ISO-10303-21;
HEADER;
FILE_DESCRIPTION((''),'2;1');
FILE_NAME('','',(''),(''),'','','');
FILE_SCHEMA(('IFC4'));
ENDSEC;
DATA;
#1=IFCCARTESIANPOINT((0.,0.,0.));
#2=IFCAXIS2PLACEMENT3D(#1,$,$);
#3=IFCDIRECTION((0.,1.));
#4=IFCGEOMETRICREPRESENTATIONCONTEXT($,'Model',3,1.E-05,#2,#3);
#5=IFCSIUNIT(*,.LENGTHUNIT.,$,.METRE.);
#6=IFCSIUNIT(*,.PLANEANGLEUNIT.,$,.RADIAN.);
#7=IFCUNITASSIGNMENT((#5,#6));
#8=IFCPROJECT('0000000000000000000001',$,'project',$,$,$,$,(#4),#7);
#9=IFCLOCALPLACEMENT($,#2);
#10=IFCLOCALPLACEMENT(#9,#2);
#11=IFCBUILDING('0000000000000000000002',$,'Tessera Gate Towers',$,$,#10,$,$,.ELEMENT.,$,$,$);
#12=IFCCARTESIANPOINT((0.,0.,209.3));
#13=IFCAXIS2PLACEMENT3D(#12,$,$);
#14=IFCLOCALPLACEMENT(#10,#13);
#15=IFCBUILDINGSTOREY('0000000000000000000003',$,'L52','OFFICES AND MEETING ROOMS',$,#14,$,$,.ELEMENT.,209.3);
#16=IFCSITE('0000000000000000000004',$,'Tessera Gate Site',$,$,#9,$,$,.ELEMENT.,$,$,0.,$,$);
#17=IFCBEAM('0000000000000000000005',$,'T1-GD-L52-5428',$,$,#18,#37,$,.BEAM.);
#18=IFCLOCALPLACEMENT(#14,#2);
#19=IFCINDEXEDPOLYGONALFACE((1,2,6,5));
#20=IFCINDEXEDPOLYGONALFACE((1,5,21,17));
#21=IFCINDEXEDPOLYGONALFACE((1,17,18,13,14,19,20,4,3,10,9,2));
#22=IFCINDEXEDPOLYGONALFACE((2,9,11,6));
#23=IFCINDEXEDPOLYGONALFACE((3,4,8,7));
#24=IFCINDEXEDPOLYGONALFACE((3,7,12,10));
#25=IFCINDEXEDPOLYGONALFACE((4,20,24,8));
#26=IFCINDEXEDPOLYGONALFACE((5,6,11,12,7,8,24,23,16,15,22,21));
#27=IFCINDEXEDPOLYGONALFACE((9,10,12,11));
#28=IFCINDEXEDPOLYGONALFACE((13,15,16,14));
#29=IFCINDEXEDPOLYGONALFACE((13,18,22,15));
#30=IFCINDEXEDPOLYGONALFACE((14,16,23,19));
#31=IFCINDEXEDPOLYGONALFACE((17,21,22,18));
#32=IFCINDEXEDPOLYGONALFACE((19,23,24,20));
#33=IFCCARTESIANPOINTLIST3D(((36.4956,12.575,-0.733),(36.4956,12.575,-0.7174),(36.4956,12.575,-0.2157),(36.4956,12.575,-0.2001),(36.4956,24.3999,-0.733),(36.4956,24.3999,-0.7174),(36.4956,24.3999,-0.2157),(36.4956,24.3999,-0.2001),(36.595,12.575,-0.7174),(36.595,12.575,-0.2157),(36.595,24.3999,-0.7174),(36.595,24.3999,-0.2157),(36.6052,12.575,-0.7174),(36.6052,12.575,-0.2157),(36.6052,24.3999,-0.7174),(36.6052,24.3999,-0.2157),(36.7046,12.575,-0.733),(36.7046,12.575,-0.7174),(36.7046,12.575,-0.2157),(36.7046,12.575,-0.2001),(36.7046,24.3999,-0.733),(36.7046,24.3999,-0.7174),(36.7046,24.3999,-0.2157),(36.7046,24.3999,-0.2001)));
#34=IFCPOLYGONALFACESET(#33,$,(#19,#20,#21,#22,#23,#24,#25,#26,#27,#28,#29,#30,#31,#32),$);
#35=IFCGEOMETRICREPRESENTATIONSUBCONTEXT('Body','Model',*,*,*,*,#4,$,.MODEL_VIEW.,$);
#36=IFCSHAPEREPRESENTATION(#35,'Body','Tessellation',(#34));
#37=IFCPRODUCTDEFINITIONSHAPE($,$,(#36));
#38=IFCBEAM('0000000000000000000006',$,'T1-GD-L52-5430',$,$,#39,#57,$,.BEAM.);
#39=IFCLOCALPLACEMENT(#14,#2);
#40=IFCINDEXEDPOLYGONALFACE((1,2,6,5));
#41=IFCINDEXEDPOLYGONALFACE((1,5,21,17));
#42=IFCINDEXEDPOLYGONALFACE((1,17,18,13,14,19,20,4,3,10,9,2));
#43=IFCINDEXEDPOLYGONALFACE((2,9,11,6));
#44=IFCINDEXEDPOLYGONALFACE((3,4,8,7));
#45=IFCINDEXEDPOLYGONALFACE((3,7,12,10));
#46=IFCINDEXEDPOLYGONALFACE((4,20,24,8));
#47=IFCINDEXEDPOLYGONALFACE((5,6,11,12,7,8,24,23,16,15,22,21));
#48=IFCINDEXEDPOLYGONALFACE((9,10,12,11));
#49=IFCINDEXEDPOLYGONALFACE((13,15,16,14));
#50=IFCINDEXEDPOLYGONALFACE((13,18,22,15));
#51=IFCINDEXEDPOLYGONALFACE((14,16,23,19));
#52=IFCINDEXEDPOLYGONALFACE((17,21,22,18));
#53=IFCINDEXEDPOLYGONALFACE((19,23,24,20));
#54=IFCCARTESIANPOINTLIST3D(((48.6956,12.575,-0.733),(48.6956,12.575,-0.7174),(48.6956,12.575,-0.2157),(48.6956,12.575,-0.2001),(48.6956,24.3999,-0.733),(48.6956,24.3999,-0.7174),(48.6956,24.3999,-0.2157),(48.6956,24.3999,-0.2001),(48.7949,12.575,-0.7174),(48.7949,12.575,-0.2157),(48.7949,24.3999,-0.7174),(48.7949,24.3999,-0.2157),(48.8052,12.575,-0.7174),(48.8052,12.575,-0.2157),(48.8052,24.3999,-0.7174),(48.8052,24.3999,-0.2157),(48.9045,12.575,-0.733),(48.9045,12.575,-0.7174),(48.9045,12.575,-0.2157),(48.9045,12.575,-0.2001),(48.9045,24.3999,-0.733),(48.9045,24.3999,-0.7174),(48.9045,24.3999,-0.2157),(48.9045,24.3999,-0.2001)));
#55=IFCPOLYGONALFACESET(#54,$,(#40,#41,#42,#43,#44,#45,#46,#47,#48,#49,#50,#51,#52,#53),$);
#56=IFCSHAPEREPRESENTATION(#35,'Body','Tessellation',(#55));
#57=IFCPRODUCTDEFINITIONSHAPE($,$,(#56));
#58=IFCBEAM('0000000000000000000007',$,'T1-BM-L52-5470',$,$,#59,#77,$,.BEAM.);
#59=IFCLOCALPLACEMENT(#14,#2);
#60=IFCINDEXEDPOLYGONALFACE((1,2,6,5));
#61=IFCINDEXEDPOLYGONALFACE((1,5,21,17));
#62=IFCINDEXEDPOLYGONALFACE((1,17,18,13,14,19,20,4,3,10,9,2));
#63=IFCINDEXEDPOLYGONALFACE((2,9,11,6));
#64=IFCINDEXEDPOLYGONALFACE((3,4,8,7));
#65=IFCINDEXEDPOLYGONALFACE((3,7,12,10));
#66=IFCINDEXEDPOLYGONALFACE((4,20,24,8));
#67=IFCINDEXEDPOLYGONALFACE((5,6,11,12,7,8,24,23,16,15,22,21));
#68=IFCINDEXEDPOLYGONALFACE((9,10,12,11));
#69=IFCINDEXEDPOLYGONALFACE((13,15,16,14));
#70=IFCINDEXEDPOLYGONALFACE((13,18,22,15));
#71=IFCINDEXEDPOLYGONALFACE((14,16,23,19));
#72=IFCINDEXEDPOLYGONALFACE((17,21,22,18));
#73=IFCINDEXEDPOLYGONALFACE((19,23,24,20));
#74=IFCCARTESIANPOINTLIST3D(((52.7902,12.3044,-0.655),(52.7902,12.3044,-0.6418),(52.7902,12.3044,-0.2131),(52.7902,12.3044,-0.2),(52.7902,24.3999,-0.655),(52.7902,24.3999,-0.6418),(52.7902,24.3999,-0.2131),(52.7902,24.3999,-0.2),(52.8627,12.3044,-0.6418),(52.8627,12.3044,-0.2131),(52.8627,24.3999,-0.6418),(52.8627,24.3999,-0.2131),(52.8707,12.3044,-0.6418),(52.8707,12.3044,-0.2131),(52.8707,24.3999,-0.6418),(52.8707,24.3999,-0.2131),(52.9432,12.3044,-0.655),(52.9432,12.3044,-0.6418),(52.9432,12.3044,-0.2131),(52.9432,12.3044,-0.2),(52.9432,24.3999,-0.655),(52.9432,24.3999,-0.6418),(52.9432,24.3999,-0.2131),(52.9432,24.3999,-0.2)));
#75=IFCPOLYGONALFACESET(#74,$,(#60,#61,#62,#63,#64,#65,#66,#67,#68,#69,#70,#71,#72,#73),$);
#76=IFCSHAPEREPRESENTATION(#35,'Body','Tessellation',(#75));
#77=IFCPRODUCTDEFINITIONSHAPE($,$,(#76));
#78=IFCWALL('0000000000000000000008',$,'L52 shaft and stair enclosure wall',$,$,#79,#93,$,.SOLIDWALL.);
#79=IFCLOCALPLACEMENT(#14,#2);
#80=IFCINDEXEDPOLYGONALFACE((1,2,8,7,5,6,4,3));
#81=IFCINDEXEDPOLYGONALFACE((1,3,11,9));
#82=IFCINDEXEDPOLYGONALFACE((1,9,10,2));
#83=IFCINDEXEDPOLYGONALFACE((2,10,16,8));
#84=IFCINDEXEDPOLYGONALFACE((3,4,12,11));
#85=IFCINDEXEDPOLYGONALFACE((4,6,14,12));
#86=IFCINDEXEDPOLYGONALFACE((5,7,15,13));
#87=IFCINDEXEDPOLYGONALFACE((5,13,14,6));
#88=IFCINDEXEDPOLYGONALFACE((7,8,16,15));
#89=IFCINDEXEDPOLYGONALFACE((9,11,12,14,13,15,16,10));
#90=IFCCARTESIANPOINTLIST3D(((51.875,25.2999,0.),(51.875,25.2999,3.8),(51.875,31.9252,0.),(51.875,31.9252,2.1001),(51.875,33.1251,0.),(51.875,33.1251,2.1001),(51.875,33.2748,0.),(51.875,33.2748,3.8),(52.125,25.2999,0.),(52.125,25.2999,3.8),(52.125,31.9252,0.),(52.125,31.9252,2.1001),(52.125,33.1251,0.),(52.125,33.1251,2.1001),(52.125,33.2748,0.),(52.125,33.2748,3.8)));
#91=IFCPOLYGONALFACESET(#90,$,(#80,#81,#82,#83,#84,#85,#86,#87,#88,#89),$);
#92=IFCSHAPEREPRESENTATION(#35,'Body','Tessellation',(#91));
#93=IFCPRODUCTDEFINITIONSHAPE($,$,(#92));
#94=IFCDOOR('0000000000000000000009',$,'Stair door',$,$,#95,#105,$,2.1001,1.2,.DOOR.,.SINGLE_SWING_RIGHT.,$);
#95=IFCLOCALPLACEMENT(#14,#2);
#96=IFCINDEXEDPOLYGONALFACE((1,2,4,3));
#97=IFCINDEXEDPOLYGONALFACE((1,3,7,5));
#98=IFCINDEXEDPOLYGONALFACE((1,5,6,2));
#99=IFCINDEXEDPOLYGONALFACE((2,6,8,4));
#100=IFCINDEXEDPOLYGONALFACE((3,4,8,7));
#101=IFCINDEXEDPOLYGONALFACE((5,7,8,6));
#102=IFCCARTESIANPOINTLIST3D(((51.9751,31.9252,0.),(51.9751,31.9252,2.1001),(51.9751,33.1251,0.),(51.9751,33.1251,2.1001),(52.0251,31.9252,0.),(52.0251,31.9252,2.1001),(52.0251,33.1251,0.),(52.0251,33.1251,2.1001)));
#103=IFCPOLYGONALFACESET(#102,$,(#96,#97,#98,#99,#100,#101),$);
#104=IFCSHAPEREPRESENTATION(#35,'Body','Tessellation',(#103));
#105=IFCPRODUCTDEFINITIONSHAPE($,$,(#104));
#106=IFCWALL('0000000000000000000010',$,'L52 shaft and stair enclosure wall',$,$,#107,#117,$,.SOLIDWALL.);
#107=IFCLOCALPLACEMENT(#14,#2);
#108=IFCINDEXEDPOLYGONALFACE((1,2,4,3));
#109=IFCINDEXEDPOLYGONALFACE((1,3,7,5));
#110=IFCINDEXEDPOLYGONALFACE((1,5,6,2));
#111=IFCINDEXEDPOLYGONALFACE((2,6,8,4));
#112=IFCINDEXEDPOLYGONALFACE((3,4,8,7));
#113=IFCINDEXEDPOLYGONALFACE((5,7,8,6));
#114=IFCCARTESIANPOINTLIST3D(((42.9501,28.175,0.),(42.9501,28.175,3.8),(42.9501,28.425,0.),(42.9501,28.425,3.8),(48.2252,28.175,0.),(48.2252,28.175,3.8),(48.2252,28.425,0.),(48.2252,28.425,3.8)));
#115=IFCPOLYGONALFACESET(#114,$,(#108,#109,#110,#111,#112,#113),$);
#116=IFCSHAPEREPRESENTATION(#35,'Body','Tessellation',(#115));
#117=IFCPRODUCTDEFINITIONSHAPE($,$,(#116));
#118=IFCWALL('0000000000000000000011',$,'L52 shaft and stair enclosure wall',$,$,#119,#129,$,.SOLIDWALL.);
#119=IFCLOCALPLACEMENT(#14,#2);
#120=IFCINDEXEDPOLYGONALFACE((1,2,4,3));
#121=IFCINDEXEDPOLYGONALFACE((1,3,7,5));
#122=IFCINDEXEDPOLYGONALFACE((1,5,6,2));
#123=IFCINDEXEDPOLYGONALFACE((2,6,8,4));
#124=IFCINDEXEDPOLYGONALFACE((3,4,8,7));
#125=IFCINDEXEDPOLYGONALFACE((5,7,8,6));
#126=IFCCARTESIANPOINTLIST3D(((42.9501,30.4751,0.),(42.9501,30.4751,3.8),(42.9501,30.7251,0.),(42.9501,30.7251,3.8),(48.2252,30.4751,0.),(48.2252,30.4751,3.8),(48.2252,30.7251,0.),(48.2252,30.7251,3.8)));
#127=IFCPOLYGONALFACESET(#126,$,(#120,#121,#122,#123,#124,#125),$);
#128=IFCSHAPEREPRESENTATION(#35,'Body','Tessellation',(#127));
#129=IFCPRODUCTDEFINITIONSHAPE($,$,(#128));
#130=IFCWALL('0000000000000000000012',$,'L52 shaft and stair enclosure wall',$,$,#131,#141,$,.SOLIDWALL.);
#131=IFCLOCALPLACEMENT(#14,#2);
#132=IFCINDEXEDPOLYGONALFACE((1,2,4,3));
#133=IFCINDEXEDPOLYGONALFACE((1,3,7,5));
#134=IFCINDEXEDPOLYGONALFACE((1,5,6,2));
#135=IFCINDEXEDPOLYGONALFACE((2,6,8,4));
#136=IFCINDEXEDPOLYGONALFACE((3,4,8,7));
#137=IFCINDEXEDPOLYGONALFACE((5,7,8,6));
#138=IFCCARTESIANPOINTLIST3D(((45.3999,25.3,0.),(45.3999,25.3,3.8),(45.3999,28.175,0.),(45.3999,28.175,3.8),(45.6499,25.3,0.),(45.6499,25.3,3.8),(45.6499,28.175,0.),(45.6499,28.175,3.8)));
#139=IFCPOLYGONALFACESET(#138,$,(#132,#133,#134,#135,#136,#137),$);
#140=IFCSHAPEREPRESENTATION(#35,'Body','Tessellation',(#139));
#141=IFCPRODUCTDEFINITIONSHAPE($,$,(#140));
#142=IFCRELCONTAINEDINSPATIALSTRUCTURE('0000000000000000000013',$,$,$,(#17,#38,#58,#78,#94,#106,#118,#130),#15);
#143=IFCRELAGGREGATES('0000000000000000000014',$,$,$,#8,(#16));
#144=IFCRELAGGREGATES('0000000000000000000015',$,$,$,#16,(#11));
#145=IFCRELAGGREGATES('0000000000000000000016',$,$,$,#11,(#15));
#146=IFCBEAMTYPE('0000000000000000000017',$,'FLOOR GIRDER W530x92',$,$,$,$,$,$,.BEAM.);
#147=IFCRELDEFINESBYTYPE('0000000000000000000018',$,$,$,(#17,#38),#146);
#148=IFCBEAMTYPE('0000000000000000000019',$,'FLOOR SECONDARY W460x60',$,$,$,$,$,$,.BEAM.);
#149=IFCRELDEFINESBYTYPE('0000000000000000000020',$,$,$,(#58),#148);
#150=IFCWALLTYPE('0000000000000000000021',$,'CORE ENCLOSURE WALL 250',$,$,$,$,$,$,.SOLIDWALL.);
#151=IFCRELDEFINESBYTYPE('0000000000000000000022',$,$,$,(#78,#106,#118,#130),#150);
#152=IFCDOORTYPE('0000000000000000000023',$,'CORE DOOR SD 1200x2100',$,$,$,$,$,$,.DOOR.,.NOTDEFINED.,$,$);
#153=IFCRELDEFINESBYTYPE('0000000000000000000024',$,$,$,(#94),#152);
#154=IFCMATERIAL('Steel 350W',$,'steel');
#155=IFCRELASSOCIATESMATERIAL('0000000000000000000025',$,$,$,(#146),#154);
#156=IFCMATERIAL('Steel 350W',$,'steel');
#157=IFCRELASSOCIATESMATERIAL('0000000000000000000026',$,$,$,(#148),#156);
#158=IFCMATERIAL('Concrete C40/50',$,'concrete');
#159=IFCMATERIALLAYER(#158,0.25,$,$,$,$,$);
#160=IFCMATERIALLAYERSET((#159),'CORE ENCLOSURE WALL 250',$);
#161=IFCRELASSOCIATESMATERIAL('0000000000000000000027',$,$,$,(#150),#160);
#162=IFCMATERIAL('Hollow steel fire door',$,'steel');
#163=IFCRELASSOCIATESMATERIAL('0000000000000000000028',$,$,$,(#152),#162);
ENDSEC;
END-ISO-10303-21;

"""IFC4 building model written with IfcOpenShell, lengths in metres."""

from ifc_helpers import new_model, si_unit, direction, frame, frame_2d, origin, origin_2d, place, context, subcontext, project, spatial, rectangle, i_section, extrude, source, transform, mapped, material, layer, layer_set, material_profile, profile_set, type_object, element, fill, save


model = new_model("IFC4")

# Units and contexts
model_context = context("Model", 3, precision=1e-05, world=origin(), true_north=direction((0.0, 1.0)))
body_context = subcontext(model_context, "Body", "Model", "MODEL_VIEW")
ifc_project = project(units=[si_unit("LENGTHUNIT", "METRE"), si_unit("PLANEANGLEUNIT", "RADIAN")], contexts=[model_context])

# Site, building, storey
site_placement = place(None, origin())
site = spatial("IfcSite", under=ifc_project, at=site_placement, Name="Tessera Gate Site", CompositionType="ELEMENT", RefElevation=0.0)
building_placement = place(site_placement, origin())
building = spatial("IfcBuilding", under=site, at=building_placement, Name="Tessera Gate Towers", CompositionType="ELEMENT")
storey_placement = place(building_placement, frame((0.0, 0.0, 209.3)))
storey = spatial("IfcBuildingStorey", under=building, at=storey_placement, Name="L52", Description="OFFICES AND MEETING ROOMS", CompositionType="ELEMENT", Elevation=209.3)

# Beams
ifc_material_1 = material(Name="Steel 350W", Category="steel")
ifc_material_profile_1 = material_profile(ifc_material_1, i_section(OverallWidth=0.209, OverallDepth=0.533, WebThickness=0.0103, FlangeThickness=0.0156, at=origin_2d()), Name="W530x92")
ifc_profile_set_1 = profile_set([ifc_material_profile_1], Name="Steel 350W")
beam_type_1 = type_object("IfcBeamType", Name="FLOOR GIRDER W530x92", PredefinedType="BEAM", material=ifc_profile_set_1)
for number, where, z_axis, x_axis, name in (
    (1, (36.6001, 12.575, -0.4666), (0.0, 1.0, 0.0), (-1.0, 0.0, 0.0), "T1-GD-L52-5428"),
    (2, (48.8, 12.575, -0.4666), (0.0, 1.0, 0.0), (-1.0, 0.0, 0.0), "T1-GD-L52-5430"),
):
    element("IfcBeam", number, at=place(storey_placement, frame(where, z_axis=z_axis, x_axis=x_axis)), inside=storey, type_object=beam_type_1, Name=name, PredefinedType="BEAM", context=body_context, shape_type="SweptSolid", body=[
        extrude(i_section(OverallWidth=0.209, OverallDepth=0.533, WebThickness=0.0103, FlangeThickness=0.0156, at=origin_2d()), origin(), (0.0, 0.0, 1.0), 11.825),
    ])
ifc_material_2 = material(Name="Steel 350W", Category="steel")
ifc_material_profile_2 = material_profile(ifc_material_2, i_section(OverallWidth=0.1531, OverallDepth=0.4551, WebThickness=0.0081, FlangeThickness=0.0132, at=origin_2d()), Name="W460x60")
ifc_profile_set_2 = profile_set([ifc_material_profile_2], Name="Steel 350W")
beam_type_2 = type_object("IfcBeamType", Name="FLOOR SECONDARY W460x60", PredefinedType="BEAM", material=ifc_profile_set_2)
beam_placement = place(storey_placement, frame((52.8667, 12.3044, -0.4275), z_axis=(0.0, 1.0, 0.0), x_axis=(-1.0, 0.0, 0.0)))
element("IfcBeam", 3, at=beam_placement, inside=storey, type_object=beam_type_2, Name="T1-BM-L52-5470", PredefinedType="BEAM", context=body_context, shape_type="SweptSolid", body=[
    extrude(i_section(OverallWidth=0.1531, OverallDepth=0.4551, WebThickness=0.0081, FlangeThickness=0.0132, at=origin_2d()), origin(), (0.0, 0.0, 1.0), 12.0955),
])

# Wall, opening, door
ifc_material_3 = material(Name="Concrete C40/50", Category="concrete")
ifc_layer_1 = layer(ifc_material_3, 0.25)
ifc_layer_set_1 = layer_set([ifc_layer_1], Name="CORE ENCLOSURE WALL 250")
wall_type_1 = type_object("IfcWallType", Name="CORE ENCLOSURE WALL 250", PredefinedType="SOLIDWALL", material=ifc_layer_set_1)
wall_1_placement = place(storey_placement, frame((52.0, 25.3, 0.0), z_axis=(0.0, 0.0, 1.0), x_axis=(0.0, 1.0, 0.0)))
wall_1 = element("IfcWall", 4, at=wall_1_placement, inside=storey, type_object=wall_type_1, Name="L52 shaft and stair enclosure wall", PredefinedType="SOLIDWALL", context=body_context, shape_type="SweptSolid", body=[
    extrude(rectangle(XDim=7.9749, YDim=0.25, at=frame_2d((3.9873, 0.0))), origin(), (0.0, 0.0, 1.0), 3.8),
])
shared_shape_1 = source(origin(), body_context, "Body", "SweptSolid", [
    extrude(rectangle(XDim=1.2, YDim=2.1001, at=frame_2d((0.6001, 1.05))), frame((0.0, 0.135, 0.0), z_axis=(0.0, -1.0, 0.0), x_axis=(1.0, 0.0, 0.0)), (0.0, 0.0, 1.0), 0.27),
])
opening_1_placement = place(wall_1_placement, frame((6.625, 0.0, 0.0)))
opening_1 = element("IfcOpeningElement", 5, at=opening_1_placement, cuts=wall_1, PredefinedType="OPENING", context=body_context, shape_type="MappedRepresentation", body=[
    mapped(shared_shape_1, transform((0.0, 0.0, 0.0), scale=1.0)),
])
ifc_material_4 = material(Name="Hollow steel fire door", Category="steel")
door_type_1 = type_object("IfcDoorType", Name="CORE DOOR SD 1200x2100", OperationType="NOTDEFINED", PredefinedType="DOOR", material=ifc_material_4)
shared_shape_2 = source(origin(), body_context, "Body", "SweptSolid", [
    extrude(rectangle(XDim=1.2, YDim=2.1001, at=frame_2d((0.6001, 1.05))), frame((0.0, 0.0249, 0.0), z_axis=(0.0, -1.0, 0.0), x_axis=(1.0, 0.0, 0.0)), (0.0, 0.0, 1.0), 0.05),
])
door_1_placement = place(opening_1_placement, origin())
door_1 = element("IfcDoor", 6, at=door_1_placement, inside=storey, type_object=door_type_1, Name="Stair door", OperationType="SINGLE_SWING_RIGHT", OverallHeight=2.1001, OverallWidth=1.2, PredefinedType="DOOR", context=body_context, shape_type="MappedRepresentation", body=[
    mapped(shared_shape_2, transform((0.0, 0.0, 0.0), scale=1.0)),
])
fill(opening_1, door_1)

# Walls
for number, where, z_axis, x_axis, name in (
    (7, (42.95, 28.3, 0.0), (0.0, 0.0, 1.0), (1.0, 0.0, 0.0), "L52 shaft and stair enclosure wall"),
    (8, (42.95, 30.6001, 0.0), (0.0, 0.0, 1.0), (1.0, 0.0, 0.0), "L52 shaft and stair enclosure wall"),
):
    element("IfcWall", number, at=place(storey_placement, frame(where, z_axis=z_axis, x_axis=x_axis)), inside=storey, type_object=wall_type_1, Name=name, PredefinedType="SOLIDWALL", context=body_context, shape_type="SweptSolid", body=[
        extrude(rectangle(XDim=5.2751, YDim=0.25, at=frame_2d((2.6377, 0.0))), origin(), (0.0, 0.0, 1.0), 3.8),
    ])
wall_2_placement = place(storey_placement, frame((45.5249, 25.3, 0.0), z_axis=(0.0, 0.0, 1.0), x_axis=(0.0, 1.0, 0.0)))
element("IfcWall", 9, at=wall_2_placement, inside=storey, type_object=wall_type_1, Name="L52 shaft and stair enclosure wall", PredefinedType="SOLIDWALL", context=body_context, shape_type="SweptSolid", body=[
    extrude(rectangle(XDim=2.875, YDim=0.25, at=frame_2d((1.4375, 0.0))), origin(), (0.0, 0.0, 1.0), 3.8),
])

save(model, "model.ifc")
